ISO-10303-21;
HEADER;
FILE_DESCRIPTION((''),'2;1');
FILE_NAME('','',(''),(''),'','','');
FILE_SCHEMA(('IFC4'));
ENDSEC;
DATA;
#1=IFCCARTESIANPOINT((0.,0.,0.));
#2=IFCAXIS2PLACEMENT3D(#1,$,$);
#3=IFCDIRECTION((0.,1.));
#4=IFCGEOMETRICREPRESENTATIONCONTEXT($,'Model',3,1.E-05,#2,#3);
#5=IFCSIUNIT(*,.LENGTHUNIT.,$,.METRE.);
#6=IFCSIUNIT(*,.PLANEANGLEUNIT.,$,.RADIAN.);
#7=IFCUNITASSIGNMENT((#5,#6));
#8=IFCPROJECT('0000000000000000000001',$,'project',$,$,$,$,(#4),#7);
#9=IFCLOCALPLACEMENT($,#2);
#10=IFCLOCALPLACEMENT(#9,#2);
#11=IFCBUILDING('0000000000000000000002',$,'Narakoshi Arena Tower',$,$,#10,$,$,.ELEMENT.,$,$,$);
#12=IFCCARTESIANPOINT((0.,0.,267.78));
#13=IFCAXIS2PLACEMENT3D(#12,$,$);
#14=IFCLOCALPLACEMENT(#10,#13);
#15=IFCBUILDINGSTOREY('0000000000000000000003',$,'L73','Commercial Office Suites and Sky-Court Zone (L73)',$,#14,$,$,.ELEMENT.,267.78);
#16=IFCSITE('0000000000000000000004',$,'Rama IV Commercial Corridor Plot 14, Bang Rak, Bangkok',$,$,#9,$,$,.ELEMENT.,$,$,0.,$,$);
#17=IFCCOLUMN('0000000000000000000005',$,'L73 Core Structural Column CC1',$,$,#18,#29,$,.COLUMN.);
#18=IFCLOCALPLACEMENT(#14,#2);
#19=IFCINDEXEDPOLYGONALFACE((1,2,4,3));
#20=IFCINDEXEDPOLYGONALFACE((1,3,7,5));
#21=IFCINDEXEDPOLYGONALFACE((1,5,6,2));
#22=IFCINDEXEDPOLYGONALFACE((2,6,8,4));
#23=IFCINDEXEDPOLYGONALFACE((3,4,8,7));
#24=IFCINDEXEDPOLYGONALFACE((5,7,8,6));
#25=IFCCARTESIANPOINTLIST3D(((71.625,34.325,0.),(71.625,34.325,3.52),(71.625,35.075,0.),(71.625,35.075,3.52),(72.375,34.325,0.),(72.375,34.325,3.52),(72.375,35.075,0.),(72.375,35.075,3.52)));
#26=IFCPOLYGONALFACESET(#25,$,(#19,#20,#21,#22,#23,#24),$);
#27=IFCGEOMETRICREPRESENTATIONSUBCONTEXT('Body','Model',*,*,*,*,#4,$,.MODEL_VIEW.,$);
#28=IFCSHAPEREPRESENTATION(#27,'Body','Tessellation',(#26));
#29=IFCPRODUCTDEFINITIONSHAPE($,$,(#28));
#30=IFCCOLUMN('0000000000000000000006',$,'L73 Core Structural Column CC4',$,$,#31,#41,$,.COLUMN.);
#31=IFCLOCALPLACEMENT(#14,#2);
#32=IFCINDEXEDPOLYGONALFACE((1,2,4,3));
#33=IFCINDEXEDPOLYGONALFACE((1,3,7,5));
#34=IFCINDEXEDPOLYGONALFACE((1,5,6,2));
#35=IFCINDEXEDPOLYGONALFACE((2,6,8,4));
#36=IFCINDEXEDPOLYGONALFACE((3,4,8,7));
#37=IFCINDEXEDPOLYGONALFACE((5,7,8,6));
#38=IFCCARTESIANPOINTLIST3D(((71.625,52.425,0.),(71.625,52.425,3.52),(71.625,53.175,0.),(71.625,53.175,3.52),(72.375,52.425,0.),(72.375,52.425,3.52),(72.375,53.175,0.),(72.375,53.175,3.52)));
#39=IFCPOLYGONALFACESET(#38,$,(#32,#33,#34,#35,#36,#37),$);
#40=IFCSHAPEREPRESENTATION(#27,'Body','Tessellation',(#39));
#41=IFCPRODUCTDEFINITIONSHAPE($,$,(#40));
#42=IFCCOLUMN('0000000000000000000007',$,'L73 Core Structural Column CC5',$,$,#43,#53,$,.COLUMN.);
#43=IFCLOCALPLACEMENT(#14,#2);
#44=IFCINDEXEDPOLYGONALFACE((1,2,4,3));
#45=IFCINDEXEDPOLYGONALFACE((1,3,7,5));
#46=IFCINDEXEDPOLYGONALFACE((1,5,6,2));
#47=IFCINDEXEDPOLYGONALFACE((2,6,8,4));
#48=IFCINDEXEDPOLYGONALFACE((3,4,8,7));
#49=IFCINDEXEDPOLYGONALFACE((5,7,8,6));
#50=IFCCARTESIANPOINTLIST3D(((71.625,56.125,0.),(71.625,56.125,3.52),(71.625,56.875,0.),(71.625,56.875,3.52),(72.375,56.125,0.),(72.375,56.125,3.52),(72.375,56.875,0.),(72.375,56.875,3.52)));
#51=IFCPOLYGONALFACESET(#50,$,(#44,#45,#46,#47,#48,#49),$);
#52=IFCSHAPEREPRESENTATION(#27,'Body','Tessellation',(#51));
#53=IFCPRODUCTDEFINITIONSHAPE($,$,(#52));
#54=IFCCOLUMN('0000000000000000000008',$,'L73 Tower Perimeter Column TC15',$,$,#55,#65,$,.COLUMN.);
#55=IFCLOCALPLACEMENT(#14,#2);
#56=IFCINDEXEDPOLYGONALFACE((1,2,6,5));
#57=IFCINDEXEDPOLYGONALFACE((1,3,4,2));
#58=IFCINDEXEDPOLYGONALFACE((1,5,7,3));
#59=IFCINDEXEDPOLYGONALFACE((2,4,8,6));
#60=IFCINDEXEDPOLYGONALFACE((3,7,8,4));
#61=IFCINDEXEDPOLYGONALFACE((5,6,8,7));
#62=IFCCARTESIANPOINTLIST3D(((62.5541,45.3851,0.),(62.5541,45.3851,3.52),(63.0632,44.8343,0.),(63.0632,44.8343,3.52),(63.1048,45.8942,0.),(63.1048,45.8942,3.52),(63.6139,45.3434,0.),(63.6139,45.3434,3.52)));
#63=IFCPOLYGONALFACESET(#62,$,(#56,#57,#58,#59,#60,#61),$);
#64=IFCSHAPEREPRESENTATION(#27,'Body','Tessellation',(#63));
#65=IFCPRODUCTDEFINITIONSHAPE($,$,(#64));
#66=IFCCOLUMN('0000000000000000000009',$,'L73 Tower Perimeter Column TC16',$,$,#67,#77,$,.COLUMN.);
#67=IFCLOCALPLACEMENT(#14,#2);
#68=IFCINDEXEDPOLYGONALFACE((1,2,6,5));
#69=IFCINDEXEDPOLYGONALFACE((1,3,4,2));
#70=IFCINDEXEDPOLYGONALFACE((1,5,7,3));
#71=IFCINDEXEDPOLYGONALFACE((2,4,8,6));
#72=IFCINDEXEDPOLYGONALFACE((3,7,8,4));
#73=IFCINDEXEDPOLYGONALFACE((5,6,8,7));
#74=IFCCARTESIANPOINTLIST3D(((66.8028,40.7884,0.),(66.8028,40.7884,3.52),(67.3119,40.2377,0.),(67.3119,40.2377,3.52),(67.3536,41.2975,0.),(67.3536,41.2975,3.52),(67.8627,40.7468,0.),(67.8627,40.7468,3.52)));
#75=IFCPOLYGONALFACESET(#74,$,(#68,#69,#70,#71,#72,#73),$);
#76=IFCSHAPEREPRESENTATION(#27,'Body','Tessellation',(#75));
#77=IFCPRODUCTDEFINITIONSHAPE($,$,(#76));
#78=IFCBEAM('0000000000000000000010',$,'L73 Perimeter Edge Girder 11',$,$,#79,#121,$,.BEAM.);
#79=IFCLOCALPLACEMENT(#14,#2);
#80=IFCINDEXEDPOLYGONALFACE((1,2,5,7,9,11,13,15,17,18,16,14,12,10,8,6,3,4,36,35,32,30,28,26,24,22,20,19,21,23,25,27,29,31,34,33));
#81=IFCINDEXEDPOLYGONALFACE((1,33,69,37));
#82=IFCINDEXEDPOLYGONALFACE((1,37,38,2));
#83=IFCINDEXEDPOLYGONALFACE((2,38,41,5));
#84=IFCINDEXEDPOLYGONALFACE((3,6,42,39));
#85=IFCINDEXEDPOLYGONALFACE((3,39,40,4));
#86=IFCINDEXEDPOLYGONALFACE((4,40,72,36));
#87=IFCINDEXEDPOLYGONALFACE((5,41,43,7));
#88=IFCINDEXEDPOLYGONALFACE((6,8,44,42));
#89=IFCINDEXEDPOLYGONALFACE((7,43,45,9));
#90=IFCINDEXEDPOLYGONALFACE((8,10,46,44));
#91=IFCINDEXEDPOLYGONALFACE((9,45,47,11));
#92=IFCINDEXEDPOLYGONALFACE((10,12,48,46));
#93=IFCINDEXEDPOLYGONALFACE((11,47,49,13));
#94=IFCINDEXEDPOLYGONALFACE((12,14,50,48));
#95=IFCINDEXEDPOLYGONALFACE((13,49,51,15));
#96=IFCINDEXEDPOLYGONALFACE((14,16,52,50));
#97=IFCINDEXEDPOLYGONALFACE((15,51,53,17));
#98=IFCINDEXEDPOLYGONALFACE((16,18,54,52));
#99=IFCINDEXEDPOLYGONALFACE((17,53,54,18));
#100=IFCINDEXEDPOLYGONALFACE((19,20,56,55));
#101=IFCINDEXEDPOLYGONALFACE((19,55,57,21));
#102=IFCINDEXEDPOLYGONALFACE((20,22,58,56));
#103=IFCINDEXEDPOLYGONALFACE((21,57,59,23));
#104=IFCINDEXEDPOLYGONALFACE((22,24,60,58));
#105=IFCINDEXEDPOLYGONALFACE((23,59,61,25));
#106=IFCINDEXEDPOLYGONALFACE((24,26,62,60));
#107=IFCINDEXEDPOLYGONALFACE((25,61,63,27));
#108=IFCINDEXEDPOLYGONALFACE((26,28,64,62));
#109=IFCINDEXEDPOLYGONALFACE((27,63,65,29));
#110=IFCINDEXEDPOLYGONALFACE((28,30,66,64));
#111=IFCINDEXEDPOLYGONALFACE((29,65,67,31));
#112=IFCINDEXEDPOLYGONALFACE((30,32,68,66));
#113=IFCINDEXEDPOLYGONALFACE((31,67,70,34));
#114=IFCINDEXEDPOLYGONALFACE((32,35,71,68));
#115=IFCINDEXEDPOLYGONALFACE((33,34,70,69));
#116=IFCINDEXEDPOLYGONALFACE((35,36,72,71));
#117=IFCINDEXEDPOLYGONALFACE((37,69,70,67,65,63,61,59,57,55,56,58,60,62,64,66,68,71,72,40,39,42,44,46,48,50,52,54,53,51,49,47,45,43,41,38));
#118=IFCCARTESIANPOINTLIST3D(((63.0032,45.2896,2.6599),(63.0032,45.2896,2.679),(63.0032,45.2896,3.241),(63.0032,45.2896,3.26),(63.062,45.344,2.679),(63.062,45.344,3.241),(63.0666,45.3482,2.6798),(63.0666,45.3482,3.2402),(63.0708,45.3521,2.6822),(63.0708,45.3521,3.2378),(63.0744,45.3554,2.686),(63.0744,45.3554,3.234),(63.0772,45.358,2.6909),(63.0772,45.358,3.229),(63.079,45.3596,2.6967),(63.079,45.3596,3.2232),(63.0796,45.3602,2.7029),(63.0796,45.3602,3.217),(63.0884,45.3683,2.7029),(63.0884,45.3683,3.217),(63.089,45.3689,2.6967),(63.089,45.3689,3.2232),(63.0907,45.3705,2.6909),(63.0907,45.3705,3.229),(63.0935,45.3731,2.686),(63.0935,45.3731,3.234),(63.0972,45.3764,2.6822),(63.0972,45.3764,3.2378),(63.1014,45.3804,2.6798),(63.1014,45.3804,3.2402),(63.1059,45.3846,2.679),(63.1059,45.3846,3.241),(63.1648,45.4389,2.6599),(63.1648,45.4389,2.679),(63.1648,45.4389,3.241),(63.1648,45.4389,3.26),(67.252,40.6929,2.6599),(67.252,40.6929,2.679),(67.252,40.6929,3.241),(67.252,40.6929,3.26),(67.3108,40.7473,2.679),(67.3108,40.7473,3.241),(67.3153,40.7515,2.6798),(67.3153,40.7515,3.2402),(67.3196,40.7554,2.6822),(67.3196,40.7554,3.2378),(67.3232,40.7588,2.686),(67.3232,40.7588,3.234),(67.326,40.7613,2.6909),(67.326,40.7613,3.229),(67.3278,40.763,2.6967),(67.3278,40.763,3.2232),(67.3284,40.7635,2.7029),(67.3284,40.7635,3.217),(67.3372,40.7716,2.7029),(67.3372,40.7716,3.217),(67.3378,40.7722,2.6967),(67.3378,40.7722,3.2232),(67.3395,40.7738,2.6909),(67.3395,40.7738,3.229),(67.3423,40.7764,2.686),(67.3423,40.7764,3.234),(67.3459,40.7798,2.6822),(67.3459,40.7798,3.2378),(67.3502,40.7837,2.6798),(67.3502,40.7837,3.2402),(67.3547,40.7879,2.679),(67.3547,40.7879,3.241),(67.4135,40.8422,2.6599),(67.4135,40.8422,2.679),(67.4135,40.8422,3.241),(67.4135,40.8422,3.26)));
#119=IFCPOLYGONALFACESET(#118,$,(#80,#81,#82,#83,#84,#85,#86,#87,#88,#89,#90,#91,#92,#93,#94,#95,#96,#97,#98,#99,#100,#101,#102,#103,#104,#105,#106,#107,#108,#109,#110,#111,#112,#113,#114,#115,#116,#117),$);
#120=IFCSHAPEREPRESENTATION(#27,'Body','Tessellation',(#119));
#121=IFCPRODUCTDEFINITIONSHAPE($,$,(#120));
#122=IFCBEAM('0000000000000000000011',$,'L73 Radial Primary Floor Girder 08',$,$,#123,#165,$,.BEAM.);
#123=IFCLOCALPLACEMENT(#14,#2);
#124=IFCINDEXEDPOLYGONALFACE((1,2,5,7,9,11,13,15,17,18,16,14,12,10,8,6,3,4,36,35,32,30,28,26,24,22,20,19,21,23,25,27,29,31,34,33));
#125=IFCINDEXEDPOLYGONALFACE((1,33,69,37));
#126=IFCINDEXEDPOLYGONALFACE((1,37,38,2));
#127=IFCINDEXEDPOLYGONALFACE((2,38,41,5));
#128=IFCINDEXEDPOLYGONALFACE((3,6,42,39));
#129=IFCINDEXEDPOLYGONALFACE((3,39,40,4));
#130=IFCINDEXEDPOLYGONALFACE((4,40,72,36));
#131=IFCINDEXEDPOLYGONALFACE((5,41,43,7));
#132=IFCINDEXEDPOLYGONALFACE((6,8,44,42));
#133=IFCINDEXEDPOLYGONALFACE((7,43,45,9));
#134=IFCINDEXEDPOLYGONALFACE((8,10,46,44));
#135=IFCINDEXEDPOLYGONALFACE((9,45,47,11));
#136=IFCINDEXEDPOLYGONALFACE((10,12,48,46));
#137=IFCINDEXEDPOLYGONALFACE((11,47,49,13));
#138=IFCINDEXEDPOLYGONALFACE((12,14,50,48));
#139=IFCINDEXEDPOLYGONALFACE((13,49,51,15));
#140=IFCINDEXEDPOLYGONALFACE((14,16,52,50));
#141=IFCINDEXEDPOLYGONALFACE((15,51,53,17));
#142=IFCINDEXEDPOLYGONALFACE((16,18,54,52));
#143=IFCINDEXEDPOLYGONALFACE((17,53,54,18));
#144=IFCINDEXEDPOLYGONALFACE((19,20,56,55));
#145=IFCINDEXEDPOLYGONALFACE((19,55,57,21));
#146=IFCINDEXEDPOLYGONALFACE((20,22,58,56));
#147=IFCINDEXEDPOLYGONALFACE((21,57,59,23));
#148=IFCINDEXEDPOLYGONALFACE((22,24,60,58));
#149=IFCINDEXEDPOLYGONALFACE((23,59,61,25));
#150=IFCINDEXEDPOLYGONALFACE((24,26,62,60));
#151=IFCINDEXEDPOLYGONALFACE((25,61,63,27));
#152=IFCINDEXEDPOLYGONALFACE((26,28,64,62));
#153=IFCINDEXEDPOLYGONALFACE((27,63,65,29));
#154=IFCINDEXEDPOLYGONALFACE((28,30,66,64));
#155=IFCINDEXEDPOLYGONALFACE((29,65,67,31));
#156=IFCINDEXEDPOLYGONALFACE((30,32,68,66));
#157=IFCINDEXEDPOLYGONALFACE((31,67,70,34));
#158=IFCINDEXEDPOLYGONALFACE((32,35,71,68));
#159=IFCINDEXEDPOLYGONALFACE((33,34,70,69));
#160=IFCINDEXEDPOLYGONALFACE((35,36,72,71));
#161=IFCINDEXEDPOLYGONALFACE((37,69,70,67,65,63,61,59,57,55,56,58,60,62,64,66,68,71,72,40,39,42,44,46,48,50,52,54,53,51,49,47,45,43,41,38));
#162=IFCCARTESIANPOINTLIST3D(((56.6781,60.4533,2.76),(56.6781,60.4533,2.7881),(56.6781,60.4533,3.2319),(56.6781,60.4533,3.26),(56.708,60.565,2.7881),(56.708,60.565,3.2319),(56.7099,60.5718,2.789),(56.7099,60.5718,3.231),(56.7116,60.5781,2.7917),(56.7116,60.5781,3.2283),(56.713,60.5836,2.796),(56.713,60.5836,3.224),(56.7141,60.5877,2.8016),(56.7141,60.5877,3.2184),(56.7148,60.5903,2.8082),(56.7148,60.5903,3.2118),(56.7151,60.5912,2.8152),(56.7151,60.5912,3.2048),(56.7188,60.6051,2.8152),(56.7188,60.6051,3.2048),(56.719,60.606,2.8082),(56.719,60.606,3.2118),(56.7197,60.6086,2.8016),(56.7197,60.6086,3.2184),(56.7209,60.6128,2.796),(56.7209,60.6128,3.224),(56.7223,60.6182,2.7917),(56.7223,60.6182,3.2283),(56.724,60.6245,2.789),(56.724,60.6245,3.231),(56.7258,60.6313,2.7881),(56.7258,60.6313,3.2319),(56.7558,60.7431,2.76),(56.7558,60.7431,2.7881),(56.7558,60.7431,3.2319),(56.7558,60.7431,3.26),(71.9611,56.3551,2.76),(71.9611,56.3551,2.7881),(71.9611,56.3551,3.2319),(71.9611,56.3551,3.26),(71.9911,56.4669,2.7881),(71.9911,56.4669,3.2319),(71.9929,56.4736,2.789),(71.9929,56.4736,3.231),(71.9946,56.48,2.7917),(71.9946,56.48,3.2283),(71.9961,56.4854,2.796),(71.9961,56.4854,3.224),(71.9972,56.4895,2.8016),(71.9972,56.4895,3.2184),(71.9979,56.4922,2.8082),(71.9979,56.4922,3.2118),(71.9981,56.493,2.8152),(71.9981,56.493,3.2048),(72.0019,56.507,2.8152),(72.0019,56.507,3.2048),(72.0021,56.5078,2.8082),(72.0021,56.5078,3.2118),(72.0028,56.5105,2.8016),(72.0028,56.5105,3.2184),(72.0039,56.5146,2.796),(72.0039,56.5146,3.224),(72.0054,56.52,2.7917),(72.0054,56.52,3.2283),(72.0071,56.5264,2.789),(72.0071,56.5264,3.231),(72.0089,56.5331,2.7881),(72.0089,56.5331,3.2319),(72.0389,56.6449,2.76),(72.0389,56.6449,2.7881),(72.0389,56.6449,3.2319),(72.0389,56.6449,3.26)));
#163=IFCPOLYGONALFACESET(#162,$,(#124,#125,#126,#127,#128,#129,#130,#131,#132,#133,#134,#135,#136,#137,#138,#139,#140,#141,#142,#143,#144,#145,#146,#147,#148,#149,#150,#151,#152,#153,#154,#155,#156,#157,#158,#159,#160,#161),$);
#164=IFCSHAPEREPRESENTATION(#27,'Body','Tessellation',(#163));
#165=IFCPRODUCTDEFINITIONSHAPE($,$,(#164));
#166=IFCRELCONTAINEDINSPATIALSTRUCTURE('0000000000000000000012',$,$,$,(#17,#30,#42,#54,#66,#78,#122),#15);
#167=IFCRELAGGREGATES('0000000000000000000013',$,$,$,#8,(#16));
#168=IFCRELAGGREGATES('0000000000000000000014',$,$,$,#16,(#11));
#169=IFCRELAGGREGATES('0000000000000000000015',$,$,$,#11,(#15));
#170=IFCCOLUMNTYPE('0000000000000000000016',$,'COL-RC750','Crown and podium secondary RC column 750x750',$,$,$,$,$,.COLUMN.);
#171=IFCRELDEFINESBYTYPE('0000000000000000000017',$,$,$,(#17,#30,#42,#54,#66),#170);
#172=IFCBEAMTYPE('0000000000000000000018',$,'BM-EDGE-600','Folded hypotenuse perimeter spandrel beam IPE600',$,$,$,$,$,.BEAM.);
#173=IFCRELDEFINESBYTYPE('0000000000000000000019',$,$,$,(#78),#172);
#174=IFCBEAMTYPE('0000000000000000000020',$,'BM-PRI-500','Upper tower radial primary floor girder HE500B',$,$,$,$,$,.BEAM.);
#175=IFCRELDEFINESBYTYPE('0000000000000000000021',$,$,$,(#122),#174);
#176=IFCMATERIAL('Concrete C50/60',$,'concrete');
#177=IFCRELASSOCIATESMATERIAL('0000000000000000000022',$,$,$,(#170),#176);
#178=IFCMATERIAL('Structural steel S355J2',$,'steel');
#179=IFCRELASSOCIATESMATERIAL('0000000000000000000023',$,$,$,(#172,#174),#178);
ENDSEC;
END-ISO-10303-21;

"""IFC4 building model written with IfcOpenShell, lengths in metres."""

from ifc_helpers import new_model, si_unit, direction, frame, origin, origin_2d, place, context, subcontext, project, spatial, rectangle, i_section, extrude, material, material_profile, profile_set, type_object, element, save


model = new_model("IFC4")

# Units and contexts
model_context = context("Model", 3, precision=1e-05, world=origin(), true_north=direction((0.0, 1.0)))
body_context = subcontext(model_context, "Body", "Model", "MODEL_VIEW")
ifc_project = project(units=[si_unit("LENGTHUNIT", "METRE"), si_unit("PLANEANGLEUNIT", "RADIAN")], contexts=[model_context])

# Site, building, storey
site_placement = place(None, origin())
site = spatial("IfcSite", under=ifc_project, at=site_placement, Name="Rama IV Commercial Corridor Plot 14, Bang Rak, Bangkok", CompositionType="ELEMENT", RefElevation=0.0)
building_placement = place(site_placement, origin())
building = spatial("IfcBuilding", under=site, at=building_placement, Name="Narakoshi Arena Tower", CompositionType="ELEMENT")
storey_placement = place(building_placement, frame((0.0, 0.0, 267.78)))
storey = spatial("IfcBuildingStorey", under=building, at=storey_placement, Name="L73", Description="Commercial Office Suites and Sky-Court Zone (L73)", CompositionType="ELEMENT", Elevation=267.78)

# Columns
ifc_material_1 = material(Name="Concrete C50/60", Category="concrete")
ifc_material_profile_1 = material_profile(ifc_material_1, rectangle(XDim=0.75, YDim=0.75, at=origin_2d()), Name="RC750x750")
ifc_profile_set_1 = profile_set([ifc_material_profile_1], Name="Concrete C50/60")
column_type = type_object("IfcColumnType", Name="COL-RC750", Description="Crown and podium secondary RC column 750x750", PredefinedType="COLUMN", material=ifc_profile_set_1)
for number, where, z_axis, x_axis, name in (
    (1, (72.0, 34.7, 0.0), (0.0, 0.0, 1.0), (1.0, 0.0, 0.0), "L73 Core Structural Column CC1"),
    (2, (72.0, 52.8, 0.0), (0.0, 0.0, 1.0), (1.0, 0.0, 0.0), "L73 Core Structural Column CC4"),
    (3, (72.0, 56.5, 0.0), (0.0, 0.0, 1.0), (1.0, 0.0, 0.0), "L73 Core Structural Column CC5"),
    (4, (63.084, 45.3643, 0.0), (0.0, 0.0, 1.0), (-0.678801, 0.734323, 0.0), "L73 Tower Perimeter Column TC15"),
    (5, (67.3328, 40.7676, 0.0), (0.0, 0.0, 1.0), (-0.678801, 0.734323, 0.0), "L73 Tower Perimeter Column TC16"),
):
    element("IfcColumn", number, at=place(storey_placement, frame(where, z_axis=z_axis, x_axis=x_axis)), inside=storey, type_object=column_type, Name=name, PredefinedType="COLUMN", context=body_context, shape_type="SweptSolid", body=[
        extrude(rectangle(XDim=0.75, YDim=0.75, at=origin_2d()), origin(), (0.0, 0.0, 1.0), 3.52),
    ])

# Beams
ifc_material_2 = material(Name="Structural steel S355J2", Category="steel")
ifc_material_profile_2 = material_profile(ifc_material_2, i_section(OverallWidth=0.22, OverallDepth=0.6001, WebThickness=0.012, FlangeThickness=0.019, FilletRadius=0.0239, at=origin_2d()), Name="IPE600")
ifc_profile_set_2 = profile_set([ifc_material_profile_2], Name="Structural steel S355J2")
beam_type_1 = type_object("IfcBeamType", Name="BM-EDGE-600", Description="Folded hypotenuse perimeter spandrel beam IPE600", PredefinedType="BEAM", material=ifc_profile_set_2)
beam_1_placement = place(storey_placement, frame((63.084, 45.3643, 2.96), z_axis=(0.678771, -0.73435, 0.0), x_axis=(0.73435, 0.678771, 0.0)))
element("IfcBeam", 6, at=beam_1_placement, inside=storey, type_object=beam_type_1, Name="L73 Perimeter Edge Girder 11", PredefinedType="BEAM", context=body_context, shape_type="SweptSolid", body=[
    extrude(i_section(OverallWidth=0.22, OverallDepth=0.6001, WebThickness=0.012, FlangeThickness=0.019, FilletRadius=0.0239, at=origin_2d()), origin(), (0.0, 0.0, 1.0), 6.2595),
])
ifc_material_profile_3 = material_profile(ifc_material_2, i_section(OverallWidth=0.3, OverallDepth=0.5, WebThickness=0.0144, FlangeThickness=0.0281, FilletRadius=0.0271, at=origin_2d()), Name="HE500B")
ifc_profile_set_3 = profile_set([ifc_material_profile_3], Name="Structural steel S355J2")
beam_type_2 = type_object("IfcBeamType", Name="BM-PRI-500", Description="Upper tower radial primary floor girder HE500B", PredefinedType="BEAM", material=ifc_profile_set_3)
beam_2_placement = place(storey_placement, frame((72.0, 56.5, 3.01), z_axis=(-0.965877, 0.259001, 0.0), x_axis=(-0.259001, -0.965877, 0.0)))
element("IfcBeam", 7, at=beam_2_placement, inside=storey, type_object=beam_type_2, Name="L73 Radial Primary Floor Girder 08", PredefinedType="BEAM", context=body_context, shape_type="SweptSolid", body=[
    extrude(i_section(OverallWidth=0.3, OverallDepth=0.5, WebThickness=0.0144, FlangeThickness=0.0281, FilletRadius=0.0271, at=origin_2d()), origin(), (0.0, 0.0, 1.0), 15.823),
])

save(model, "model.ifc")
